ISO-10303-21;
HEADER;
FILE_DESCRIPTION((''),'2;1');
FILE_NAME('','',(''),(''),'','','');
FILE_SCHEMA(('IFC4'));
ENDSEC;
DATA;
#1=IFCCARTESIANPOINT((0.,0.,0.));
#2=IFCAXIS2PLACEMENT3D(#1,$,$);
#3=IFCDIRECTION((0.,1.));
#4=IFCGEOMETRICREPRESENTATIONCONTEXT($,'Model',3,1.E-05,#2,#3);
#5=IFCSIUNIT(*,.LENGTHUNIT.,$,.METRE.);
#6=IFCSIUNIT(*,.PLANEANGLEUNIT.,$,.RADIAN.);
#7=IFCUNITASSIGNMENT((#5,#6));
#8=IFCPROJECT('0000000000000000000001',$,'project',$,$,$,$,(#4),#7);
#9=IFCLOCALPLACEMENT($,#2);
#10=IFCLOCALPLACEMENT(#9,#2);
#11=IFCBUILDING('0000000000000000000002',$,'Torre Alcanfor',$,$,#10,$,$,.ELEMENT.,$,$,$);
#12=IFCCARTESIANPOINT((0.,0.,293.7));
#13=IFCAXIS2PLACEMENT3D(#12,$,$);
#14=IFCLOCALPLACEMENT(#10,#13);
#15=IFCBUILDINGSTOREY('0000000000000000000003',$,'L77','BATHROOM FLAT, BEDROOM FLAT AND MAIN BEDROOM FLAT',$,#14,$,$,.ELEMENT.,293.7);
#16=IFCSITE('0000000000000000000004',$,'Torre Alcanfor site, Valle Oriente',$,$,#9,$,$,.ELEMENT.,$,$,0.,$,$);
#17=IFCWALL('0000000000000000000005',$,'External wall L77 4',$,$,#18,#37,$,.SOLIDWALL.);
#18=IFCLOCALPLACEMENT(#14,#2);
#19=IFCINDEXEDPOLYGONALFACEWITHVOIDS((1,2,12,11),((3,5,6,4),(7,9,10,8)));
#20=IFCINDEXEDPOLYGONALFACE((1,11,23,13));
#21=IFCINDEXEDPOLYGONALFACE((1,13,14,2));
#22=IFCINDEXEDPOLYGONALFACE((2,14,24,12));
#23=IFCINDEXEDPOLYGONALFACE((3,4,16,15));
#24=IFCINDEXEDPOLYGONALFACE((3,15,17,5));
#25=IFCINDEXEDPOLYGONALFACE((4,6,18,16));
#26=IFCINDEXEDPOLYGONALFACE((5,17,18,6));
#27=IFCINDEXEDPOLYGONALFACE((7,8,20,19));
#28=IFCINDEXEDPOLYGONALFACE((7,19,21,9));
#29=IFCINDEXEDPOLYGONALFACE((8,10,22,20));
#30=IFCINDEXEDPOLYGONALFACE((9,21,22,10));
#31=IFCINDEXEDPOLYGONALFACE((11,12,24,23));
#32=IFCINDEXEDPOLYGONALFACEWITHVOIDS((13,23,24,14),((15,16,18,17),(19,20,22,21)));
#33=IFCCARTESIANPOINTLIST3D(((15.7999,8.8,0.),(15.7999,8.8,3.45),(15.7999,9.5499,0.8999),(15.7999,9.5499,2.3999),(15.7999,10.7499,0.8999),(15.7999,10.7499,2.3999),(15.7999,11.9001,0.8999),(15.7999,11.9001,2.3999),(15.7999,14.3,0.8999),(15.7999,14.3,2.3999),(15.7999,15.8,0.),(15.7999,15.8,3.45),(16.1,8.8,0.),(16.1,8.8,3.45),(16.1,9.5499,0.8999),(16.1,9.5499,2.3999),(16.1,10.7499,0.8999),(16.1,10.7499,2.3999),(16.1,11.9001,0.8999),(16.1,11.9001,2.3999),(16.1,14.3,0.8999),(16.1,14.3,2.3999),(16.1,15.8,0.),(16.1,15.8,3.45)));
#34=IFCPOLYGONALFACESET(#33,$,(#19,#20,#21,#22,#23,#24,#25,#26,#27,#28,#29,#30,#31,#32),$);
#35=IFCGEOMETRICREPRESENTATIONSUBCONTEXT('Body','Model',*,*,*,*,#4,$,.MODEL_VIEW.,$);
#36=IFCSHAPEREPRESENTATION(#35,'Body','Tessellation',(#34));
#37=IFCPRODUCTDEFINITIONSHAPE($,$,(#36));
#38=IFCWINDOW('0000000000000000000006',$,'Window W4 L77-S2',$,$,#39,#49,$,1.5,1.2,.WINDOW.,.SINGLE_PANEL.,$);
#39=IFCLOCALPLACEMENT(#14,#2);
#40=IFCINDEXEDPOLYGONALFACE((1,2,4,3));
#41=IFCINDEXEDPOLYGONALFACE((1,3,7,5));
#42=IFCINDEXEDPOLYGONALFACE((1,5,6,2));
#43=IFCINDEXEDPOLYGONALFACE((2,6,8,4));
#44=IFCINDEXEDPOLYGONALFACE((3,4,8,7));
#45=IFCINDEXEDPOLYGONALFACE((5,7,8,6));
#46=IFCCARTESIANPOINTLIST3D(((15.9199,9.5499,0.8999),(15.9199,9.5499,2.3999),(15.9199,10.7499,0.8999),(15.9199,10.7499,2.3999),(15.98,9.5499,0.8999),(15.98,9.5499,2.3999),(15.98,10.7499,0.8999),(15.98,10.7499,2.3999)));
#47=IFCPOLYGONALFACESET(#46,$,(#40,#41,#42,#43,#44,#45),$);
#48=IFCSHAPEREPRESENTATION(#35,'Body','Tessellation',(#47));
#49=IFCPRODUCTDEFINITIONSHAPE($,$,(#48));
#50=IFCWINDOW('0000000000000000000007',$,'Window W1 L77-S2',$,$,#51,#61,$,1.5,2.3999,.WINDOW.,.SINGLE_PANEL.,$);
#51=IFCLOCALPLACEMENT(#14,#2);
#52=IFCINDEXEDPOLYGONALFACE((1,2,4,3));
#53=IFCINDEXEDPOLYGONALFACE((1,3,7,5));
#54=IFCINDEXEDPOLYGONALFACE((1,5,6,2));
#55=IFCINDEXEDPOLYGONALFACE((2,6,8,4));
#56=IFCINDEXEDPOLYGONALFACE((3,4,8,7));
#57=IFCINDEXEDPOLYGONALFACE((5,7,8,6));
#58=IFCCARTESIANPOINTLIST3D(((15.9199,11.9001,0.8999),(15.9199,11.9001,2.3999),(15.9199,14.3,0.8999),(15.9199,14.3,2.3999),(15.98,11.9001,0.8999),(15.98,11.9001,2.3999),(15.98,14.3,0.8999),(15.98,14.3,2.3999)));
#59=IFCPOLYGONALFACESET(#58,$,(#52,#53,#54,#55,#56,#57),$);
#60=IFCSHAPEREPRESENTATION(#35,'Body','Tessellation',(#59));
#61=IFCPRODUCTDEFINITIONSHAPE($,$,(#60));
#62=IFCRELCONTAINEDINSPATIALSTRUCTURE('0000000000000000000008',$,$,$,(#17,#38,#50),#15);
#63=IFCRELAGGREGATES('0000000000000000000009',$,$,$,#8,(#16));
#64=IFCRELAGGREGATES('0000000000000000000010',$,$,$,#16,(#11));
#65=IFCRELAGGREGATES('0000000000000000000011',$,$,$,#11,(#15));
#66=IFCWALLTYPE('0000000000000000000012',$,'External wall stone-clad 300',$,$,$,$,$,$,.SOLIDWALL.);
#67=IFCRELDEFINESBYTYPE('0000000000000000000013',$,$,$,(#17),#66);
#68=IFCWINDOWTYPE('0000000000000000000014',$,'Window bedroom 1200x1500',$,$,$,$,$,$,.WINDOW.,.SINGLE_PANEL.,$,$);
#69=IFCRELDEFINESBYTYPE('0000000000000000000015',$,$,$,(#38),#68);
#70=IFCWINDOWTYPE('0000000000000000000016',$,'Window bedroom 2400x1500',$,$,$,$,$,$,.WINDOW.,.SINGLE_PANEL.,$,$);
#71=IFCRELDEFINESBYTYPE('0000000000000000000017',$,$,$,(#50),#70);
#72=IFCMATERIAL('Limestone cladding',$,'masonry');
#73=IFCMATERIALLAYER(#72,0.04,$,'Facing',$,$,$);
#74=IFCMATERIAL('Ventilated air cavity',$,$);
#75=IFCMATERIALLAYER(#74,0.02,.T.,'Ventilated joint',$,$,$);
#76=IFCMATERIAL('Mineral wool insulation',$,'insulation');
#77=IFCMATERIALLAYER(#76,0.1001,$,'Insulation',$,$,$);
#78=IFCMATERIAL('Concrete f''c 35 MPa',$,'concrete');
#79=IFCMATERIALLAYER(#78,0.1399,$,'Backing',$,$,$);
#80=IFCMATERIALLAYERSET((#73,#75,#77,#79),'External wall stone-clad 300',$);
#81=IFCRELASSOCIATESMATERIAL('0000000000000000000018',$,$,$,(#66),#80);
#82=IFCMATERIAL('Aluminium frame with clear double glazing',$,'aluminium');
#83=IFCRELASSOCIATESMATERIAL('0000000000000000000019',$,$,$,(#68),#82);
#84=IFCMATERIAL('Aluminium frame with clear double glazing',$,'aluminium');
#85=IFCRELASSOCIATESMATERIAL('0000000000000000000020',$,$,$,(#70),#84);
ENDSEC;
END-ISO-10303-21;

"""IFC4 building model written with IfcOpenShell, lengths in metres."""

from ifc_helpers import new_model, si_unit, direction, frame, frame_2d, origin, place, context, subcontext, project, spatial, rectangle, extrude, material, layer, layer_set, type_object, element, fill, save


model = new_model("IFC4")

# Units and contexts
model_context = context("Model", 3, precision=1e-05, world=origin(), true_north=direction((0.0, 1.0)))
body_context = subcontext(model_context, "Body", "Model", "MODEL_VIEW")
ifc_project = project(units=[si_unit("LENGTHUNIT", "METRE"), si_unit("PLANEANGLEUNIT", "RADIAN")], contexts=[model_context])

# Site, building, storey
site_placement = place(None, origin())
site = spatial("IfcSite", under=ifc_project, at=site_placement, Name="Torre Alcanfor site, Valle Oriente", CompositionType="ELEMENT", RefElevation=0.0)
building_placement = place(site_placement, origin())
building = spatial("IfcBuilding", under=site, at=building_placement, Name="Torre Alcanfor", CompositionType="ELEMENT")
storey_placement = place(building_placement, frame((0.0, 0.0, 293.7)))
storey = spatial("IfcBuildingStorey", under=building, at=storey_placement, Name="L77", Description="BATHROOM FLAT, BEDROOM FLAT AND MAIN BEDROOM FLAT", CompositionType="ELEMENT", Elevation=293.7)

# Wall, openings, windows
ifc_material_1 = material(Name="Limestone cladding", Category="masonry")
ifc_layer_1 = layer(ifc_material_1, 0.04, Name="Facing")
ifc_material_2 = material(Name="Ventilated air cavity")
ifc_layer_2 = layer(ifc_material_2, 0.02, ventilated=True, Name="Ventilated joint")
ifc_material_3 = material(Name="Mineral wool insulation", Category="insulation")
ifc_layer_3 = layer(ifc_material_3, 0.1001, Name="Insulation")
ifc_material_4 = material(Name="Concrete f'c 35 MPa", Category="concrete")
ifc_layer_4 = layer(ifc_material_4, 0.1399, Name="Backing")
ifc_layer_set_1 = layer_set([ifc_layer_1, ifc_layer_2, ifc_layer_3, ifc_layer_4], Name="External wall stone-clad 300")
wall_type_1 = type_object("IfcWallType", Name="External wall stone-clad 300", PredefinedType="SOLIDWALL", material=ifc_layer_set_1)
ifc_material_5 = material(Name="Aluminium frame with clear double glazing", Category="aluminium")
window_type_1 = type_object("IfcWindowType", Name="Window bedroom 1200x1500", PartitioningType="SINGLE_PANEL", PredefinedType="WINDOW", material=ifc_material_5)
ifc_material_6 = material(Name="Aluminium frame with clear double glazing", Category="aluminium")
window_type_2 = type_object("IfcWindowType", Name="Window bedroom 2400x1500", PartitioningType="SINGLE_PANEL", PredefinedType="WINDOW", material=ifc_material_6)
wall_1_placement = place(storey_placement, frame((15.95, 15.8, 0.0), z_axis=(0.0, 0.0, 1.0), x_axis=(0.0, -1.0, 0.0)))
wall_1 = element("IfcWall", 1, at=wall_1_placement, inside=storey, type_object=wall_type_1, Name="External wall L77 4", PredefinedType="SOLIDWALL", context=body_context, shape_type="SweptSolid", body=[
    extrude(rectangle(XDim=7.0, YDim=0.3, at=frame_2d((3.5, 0.0))), origin(), (0.0, 0.0, 1.0), 3.45),
])
opening_1_placement = place(wall_1_placement, frame((1.5, 0.0, 0.8999)))
opening_1 = element("IfcOpeningElement", 2, at=opening_1_placement, cuts=wall_1, PredefinedType="OPENING", context=body_context, shape_type="SweptSolid", body=[
    extrude(rectangle(XDim=2.3999, YDim=1.5, at=frame_2d((1.2, 0.75))), frame((0.0, 0.1599, 0.0), z_axis=(0.0, -1.0, 0.0), x_axis=(1.0, 0.0, 0.0)), (0.0, 0.0, 1.0), 0.3201),
])
opening_2_placement = place(wall_1_placement, frame((5.05, 0.0, 0.8999)))
opening_2 = element("IfcOpeningElement", 3, at=opening_2_placement, cuts=wall_1, PredefinedType="OPENING", context=body_context, shape_type="SweptSolid", body=[
    extrude(rectangle(XDim=1.2, YDim=1.5, at=frame_2d((0.6001, 0.75))), frame((0.0, 0.1599, 0.0), z_axis=(0.0, -1.0, 0.0), x_axis=(1.0, 0.0, 0.0)), (0.0, 0.0, 1.0), 0.3201),
])
window_1_placement = place(opening_2_placement, origin())
window_1 = element("IfcWindow", 4, at=window_1_placement, inside=storey, type_object=window_type_1, Name="Window W4 L77-S2", OverallHeight=1.5, OverallWidth=1.2, PartitioningType="SINGLE_PANEL", PredefinedType="WINDOW", context=body_context, shape_type="SweptSolid", body=[
    extrude(rectangle(XDim=1.2, YDim=1.5, at=frame_2d((0.6001, 0.75))), frame((0.0, 0.03, 0.0), z_axis=(0.0, -1.0, 0.0), x_axis=(1.0, 0.0, 0.0)), (0.0, 0.0, 1.0), 0.0601),
])
fill(opening_2, window_1)
window_2_placement = place(opening_1_placement, origin())
window_2 = element("IfcWindow", 5, at=window_2_placement, inside=storey, type_object=window_type_2, Name="Window W1 L77-S2", OverallHeight=1.5, OverallWidth=2.3999, PartitioningType="SINGLE_PANEL", PredefinedType="WINDOW", context=body_context, shape_type="SweptSolid", body=[
    extrude(rectangle(XDim=2.3999, YDim=1.5, at=frame_2d((1.2, 0.75))), frame((0.0, 0.03, 0.0), z_axis=(0.0, -1.0, 0.0), x_axis=(1.0, 0.0, 0.0)), (0.0, 0.0, 1.0), 0.0601),
])
fill(opening_1, window_2)

save(model, "model.ifc")
